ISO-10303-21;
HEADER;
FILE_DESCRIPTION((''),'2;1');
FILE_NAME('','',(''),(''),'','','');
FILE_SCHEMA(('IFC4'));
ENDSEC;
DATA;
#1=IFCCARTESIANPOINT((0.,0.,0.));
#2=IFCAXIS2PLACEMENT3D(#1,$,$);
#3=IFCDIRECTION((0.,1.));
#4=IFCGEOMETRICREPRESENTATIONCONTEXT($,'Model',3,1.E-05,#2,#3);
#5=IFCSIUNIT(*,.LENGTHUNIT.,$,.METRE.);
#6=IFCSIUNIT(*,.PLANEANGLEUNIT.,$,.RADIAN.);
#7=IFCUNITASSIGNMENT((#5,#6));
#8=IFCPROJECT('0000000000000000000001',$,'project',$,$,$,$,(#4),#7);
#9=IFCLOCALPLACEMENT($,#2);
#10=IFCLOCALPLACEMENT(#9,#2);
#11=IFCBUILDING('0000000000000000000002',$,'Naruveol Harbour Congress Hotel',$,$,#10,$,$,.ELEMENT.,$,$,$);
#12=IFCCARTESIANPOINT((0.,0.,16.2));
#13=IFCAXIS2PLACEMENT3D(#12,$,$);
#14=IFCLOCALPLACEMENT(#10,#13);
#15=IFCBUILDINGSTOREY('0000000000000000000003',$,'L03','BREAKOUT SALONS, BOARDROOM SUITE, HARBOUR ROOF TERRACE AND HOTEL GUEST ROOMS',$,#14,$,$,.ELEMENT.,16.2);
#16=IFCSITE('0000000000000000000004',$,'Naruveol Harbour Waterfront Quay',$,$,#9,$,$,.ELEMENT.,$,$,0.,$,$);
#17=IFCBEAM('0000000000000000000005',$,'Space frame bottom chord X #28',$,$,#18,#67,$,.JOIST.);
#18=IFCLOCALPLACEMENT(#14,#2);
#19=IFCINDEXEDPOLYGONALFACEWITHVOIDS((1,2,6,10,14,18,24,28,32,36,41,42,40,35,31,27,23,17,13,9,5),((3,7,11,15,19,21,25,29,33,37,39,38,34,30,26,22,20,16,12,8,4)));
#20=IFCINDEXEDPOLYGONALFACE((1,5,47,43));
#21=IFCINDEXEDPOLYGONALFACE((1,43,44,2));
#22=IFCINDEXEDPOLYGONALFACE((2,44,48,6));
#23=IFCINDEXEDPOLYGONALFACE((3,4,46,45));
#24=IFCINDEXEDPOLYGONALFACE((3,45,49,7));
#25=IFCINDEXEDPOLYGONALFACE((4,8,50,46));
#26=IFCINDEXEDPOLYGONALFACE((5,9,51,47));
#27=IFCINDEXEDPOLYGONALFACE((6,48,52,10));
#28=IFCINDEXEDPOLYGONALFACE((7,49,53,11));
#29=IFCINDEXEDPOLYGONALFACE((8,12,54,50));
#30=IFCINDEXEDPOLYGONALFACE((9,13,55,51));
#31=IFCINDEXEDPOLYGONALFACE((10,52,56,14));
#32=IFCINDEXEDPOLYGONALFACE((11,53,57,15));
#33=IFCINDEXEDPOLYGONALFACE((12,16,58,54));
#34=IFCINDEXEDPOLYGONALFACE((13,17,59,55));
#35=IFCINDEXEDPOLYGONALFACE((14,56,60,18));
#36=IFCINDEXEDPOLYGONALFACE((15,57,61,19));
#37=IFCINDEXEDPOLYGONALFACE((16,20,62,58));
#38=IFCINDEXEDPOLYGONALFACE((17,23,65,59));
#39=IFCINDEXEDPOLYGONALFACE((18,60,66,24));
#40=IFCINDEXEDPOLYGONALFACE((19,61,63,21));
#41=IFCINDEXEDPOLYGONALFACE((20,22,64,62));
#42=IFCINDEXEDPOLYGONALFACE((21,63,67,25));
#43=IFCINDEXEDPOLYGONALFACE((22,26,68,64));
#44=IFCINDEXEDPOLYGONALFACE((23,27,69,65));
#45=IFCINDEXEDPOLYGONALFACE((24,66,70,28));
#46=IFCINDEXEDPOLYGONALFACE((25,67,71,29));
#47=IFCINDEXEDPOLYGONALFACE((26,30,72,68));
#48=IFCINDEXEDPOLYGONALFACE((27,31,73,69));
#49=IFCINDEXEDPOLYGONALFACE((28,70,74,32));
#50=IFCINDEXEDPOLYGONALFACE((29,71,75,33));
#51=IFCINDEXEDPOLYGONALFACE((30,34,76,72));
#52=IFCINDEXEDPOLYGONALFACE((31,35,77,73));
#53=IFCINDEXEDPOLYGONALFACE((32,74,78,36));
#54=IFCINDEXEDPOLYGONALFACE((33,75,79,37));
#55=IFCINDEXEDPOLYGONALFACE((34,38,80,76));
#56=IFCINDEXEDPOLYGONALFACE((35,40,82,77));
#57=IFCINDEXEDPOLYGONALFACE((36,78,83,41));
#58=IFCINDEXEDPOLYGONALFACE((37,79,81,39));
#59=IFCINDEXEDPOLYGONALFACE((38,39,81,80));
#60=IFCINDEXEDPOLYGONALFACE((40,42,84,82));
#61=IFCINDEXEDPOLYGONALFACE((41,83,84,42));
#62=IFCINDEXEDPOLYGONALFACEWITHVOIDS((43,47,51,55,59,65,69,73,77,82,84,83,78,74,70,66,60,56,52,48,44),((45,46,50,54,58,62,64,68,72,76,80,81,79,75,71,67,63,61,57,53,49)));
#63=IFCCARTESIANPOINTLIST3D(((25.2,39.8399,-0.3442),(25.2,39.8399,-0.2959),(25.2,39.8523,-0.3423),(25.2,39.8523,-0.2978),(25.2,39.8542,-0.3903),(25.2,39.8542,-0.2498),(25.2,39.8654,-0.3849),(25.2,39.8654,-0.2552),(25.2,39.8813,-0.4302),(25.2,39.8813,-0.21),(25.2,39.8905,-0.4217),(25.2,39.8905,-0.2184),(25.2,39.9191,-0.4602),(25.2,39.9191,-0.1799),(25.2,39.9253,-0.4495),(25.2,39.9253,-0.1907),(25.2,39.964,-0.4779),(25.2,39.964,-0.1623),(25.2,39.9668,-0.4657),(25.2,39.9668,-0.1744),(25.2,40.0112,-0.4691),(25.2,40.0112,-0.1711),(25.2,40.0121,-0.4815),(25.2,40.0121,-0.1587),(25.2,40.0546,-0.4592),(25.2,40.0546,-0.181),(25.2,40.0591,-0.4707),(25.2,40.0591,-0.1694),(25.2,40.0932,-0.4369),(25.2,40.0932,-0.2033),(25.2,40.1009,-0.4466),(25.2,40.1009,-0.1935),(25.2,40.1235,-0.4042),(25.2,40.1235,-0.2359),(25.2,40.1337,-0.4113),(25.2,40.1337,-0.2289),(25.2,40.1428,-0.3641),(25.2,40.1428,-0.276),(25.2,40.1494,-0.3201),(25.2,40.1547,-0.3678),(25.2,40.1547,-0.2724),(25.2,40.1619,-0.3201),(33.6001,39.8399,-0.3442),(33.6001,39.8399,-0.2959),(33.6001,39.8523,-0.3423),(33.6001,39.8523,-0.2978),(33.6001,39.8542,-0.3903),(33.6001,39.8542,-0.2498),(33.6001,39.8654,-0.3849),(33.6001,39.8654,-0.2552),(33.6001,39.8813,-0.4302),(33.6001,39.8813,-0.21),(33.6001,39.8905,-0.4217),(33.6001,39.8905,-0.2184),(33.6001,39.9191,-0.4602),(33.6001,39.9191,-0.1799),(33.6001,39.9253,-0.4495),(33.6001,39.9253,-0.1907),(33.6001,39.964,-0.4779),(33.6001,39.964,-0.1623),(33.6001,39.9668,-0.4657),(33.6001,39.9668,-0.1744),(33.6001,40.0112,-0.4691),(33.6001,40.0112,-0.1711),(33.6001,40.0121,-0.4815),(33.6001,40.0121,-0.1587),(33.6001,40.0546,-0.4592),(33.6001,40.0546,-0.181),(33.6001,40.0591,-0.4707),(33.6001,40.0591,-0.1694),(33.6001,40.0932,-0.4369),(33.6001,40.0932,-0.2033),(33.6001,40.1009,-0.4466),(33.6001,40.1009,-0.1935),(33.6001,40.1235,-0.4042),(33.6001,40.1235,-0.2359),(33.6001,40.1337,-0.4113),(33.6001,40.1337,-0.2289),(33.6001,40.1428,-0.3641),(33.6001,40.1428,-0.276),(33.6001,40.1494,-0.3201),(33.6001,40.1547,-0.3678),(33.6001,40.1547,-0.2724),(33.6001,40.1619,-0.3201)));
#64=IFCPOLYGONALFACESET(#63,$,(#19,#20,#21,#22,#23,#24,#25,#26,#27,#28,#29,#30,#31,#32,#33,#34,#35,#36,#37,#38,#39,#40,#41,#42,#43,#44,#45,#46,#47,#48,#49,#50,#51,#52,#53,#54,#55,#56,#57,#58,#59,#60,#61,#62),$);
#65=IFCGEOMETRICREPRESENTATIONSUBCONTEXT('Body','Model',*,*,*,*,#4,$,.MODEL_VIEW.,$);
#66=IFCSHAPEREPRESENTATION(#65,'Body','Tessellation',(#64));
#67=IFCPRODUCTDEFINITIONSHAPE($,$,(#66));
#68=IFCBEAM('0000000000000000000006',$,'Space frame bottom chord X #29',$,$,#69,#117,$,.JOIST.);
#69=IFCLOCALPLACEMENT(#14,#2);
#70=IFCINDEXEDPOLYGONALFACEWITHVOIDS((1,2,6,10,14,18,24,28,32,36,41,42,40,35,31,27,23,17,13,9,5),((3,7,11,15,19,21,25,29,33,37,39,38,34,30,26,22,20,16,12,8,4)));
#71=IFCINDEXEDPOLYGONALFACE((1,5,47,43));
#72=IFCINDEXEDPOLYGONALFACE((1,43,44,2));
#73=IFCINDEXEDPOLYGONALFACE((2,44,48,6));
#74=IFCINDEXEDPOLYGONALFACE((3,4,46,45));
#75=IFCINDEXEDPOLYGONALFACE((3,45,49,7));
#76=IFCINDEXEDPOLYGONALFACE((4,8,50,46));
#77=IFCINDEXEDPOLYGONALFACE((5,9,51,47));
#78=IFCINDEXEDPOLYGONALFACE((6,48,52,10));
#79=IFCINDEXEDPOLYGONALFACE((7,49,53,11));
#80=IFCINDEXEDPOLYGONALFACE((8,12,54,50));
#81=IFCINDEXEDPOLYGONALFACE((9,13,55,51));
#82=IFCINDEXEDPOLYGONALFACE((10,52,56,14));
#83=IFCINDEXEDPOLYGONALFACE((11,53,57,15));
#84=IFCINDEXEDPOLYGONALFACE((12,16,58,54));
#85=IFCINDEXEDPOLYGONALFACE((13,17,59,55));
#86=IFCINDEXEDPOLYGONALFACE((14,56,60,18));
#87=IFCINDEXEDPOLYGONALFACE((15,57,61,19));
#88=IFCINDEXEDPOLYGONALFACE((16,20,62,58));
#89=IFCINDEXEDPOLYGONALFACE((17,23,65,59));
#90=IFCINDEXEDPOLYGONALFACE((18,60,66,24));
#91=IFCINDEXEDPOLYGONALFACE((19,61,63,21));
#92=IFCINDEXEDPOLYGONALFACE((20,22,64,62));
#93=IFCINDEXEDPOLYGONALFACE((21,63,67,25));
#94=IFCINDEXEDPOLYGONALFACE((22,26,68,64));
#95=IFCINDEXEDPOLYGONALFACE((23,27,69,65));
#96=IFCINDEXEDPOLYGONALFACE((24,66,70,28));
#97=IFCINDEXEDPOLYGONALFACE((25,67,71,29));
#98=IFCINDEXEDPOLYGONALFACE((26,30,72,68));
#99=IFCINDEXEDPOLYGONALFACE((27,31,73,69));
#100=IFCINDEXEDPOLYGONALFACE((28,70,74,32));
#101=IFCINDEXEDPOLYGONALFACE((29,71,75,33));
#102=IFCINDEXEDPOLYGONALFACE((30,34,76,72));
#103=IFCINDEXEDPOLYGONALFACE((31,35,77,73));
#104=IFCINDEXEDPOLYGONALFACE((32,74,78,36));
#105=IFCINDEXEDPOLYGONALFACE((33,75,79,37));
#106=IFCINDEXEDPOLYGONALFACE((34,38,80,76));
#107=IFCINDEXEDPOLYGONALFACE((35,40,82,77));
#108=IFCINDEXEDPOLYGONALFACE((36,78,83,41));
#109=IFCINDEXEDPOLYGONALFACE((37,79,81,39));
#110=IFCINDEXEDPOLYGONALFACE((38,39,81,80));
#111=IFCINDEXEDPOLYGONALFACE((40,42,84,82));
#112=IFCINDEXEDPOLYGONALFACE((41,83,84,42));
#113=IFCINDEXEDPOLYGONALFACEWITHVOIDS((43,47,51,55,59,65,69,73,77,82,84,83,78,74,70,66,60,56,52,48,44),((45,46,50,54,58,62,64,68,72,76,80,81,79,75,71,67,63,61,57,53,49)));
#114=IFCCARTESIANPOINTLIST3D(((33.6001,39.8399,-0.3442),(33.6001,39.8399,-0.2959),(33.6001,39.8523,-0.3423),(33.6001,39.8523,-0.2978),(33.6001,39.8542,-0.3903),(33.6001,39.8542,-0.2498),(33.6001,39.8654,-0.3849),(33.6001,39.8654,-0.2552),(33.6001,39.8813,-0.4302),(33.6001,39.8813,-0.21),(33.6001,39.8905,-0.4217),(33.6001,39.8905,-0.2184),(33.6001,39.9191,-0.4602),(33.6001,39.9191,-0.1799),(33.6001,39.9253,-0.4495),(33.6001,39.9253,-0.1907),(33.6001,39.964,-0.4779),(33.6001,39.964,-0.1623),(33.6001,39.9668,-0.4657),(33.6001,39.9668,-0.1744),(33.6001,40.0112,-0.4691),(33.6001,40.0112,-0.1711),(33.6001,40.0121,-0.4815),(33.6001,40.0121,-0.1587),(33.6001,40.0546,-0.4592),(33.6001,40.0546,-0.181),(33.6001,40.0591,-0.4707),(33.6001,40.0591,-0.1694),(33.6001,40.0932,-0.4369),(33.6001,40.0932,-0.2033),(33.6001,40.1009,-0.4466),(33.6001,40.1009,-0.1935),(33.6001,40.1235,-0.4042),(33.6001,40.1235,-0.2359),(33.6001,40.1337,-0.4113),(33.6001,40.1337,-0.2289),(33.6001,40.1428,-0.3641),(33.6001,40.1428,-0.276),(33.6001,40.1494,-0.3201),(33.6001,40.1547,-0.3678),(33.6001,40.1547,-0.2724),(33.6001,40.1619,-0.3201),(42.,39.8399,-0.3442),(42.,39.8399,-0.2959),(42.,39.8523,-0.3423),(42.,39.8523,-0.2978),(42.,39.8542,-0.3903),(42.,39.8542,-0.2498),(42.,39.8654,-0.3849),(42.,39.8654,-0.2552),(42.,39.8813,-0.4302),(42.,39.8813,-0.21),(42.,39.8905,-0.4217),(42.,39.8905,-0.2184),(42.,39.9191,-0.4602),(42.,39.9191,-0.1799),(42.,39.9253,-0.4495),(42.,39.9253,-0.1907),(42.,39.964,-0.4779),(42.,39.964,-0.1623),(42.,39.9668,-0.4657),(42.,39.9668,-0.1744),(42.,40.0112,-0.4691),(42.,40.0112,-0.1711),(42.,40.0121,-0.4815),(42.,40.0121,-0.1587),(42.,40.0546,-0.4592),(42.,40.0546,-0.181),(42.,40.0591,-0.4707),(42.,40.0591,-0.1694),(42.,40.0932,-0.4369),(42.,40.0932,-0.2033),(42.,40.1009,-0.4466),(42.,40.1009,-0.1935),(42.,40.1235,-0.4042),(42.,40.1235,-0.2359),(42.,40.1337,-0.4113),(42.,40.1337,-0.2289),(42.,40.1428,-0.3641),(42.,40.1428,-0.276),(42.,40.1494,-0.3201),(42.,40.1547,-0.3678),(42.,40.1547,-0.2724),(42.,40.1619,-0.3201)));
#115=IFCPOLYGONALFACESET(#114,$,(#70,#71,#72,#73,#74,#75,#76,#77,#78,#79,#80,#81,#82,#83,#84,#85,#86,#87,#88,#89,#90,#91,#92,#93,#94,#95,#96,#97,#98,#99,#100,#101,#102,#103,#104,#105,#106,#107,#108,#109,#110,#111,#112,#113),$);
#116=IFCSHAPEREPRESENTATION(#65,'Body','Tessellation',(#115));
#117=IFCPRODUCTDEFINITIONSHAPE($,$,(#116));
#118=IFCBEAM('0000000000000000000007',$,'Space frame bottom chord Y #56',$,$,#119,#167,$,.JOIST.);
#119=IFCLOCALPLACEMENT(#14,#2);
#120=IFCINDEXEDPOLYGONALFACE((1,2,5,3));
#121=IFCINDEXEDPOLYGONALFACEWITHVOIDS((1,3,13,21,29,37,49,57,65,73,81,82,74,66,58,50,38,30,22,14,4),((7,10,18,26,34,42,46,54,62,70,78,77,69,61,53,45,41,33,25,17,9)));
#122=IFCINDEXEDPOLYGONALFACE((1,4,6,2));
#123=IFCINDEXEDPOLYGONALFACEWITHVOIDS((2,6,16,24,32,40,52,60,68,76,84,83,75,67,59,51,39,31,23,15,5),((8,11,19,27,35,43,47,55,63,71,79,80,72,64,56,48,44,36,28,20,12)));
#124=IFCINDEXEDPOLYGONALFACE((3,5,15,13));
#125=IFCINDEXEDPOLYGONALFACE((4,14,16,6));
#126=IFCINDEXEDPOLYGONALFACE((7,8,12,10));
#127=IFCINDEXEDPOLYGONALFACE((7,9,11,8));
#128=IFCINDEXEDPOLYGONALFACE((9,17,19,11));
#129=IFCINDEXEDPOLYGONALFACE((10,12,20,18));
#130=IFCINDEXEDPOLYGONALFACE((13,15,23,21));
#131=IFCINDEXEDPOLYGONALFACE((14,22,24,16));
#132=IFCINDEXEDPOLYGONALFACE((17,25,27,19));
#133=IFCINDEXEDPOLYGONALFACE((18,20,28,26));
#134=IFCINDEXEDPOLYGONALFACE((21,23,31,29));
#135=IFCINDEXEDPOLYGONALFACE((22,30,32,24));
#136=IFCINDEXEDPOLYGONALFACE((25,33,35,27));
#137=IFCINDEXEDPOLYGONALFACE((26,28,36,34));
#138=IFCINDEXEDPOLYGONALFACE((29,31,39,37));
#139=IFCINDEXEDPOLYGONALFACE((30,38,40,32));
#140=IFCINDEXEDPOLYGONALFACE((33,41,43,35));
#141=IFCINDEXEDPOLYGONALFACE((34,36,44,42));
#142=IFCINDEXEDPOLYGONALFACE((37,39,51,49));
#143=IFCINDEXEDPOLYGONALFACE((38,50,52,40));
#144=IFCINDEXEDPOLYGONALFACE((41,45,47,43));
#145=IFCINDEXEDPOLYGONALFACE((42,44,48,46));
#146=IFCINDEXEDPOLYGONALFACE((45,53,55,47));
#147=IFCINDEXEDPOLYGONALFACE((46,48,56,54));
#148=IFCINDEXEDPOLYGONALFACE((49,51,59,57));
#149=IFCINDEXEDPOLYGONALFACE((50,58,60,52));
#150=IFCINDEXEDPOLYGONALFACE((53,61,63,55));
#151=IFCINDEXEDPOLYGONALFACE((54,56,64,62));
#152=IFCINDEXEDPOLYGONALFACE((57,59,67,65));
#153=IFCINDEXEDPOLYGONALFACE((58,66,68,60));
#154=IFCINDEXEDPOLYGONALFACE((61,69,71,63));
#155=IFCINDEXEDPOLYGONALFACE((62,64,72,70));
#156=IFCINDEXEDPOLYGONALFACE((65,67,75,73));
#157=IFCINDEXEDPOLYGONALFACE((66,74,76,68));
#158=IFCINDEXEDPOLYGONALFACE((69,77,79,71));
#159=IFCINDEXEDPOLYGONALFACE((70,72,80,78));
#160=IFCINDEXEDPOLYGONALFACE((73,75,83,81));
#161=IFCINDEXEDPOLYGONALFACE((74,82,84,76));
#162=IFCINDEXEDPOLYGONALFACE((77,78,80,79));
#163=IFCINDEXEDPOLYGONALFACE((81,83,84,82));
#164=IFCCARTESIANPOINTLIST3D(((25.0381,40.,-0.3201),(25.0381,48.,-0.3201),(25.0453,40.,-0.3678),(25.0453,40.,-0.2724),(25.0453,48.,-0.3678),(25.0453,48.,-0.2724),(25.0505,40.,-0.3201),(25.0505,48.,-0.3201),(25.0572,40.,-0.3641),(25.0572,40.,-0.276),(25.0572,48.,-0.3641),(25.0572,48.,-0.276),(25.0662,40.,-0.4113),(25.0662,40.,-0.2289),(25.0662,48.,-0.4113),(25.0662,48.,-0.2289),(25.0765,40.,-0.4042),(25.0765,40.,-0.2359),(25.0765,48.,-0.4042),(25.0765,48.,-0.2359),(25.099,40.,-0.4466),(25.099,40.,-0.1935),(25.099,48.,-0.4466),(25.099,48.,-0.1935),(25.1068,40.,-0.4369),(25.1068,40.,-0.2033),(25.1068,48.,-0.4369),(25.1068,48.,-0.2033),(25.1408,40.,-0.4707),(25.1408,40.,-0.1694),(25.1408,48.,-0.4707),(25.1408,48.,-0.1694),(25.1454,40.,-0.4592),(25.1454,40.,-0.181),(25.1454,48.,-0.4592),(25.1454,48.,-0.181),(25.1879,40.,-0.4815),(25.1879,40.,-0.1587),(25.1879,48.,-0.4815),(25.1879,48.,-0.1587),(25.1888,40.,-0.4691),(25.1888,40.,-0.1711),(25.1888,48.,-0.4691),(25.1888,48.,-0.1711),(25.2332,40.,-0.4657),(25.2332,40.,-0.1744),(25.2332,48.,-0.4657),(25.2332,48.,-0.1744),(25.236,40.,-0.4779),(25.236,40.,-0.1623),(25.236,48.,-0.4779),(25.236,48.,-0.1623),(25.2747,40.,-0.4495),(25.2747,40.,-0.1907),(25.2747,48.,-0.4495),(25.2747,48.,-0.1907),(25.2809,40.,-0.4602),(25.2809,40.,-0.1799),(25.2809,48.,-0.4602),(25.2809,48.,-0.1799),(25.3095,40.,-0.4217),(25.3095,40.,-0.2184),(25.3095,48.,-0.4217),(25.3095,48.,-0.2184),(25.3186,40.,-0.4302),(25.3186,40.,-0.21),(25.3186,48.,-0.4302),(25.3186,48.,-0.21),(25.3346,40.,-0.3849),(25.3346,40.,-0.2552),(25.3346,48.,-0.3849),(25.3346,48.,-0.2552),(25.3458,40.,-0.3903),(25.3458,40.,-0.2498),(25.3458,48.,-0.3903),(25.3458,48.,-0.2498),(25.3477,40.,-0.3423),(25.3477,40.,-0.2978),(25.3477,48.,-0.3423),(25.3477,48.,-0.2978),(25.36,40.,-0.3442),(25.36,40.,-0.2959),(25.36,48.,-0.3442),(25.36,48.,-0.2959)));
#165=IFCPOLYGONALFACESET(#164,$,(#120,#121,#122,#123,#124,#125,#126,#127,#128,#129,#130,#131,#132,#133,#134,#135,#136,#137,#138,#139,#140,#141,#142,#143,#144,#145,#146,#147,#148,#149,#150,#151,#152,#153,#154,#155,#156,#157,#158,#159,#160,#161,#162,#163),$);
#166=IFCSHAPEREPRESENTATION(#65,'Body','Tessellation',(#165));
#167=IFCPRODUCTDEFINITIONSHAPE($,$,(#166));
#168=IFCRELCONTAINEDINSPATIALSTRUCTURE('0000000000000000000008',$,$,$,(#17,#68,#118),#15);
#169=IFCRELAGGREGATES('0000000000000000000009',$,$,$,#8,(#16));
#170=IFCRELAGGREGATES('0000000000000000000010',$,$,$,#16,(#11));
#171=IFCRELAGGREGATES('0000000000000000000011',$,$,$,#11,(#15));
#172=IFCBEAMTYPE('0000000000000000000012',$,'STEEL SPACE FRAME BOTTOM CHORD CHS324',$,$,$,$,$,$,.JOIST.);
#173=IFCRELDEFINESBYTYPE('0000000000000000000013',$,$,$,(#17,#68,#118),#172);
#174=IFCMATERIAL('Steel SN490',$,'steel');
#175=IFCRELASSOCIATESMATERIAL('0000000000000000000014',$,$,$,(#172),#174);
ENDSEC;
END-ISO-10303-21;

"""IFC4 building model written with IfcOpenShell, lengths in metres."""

from ifc_helpers import new_model, si_unit, direction, frame, origin, origin_2d, place, context, subcontext, project, spatial, hollow_circle, extrude, material, material_profile, profile_set, type_object, element, save


model = new_model("IFC4")

# Units and contexts
model_context = context("Model", 3, precision=1e-05, world=origin(), true_north=direction((0.0, 1.0)))
body_context = subcontext(model_context, "Body", "Model", "MODEL_VIEW")
ifc_project = project(units=[si_unit("LENGTHUNIT", "METRE"), si_unit("PLANEANGLEUNIT", "RADIAN")], contexts=[model_context])

# Site, building, storey
site_placement = place(None, origin())
site = spatial("IfcSite", under=ifc_project, at=site_placement, Name="Naruveol Harbour Waterfront Quay", CompositionType="ELEMENT", RefElevation=0.0)
building_placement = place(site_placement, origin())
building = spatial("IfcBuilding", under=site, at=building_placement, Name="Naruveol Harbour Congress Hotel", CompositionType="ELEMENT")
storey_placement = place(building_placement, frame((0.0, 0.0, 16.2)))
storey = spatial("IfcBuildingStorey", under=building, at=storey_placement, Name="L03", Description="BREAKOUT SALONS, BOARDROOM SUITE, HARBOUR ROOF TERRACE AND HOTEL GUEST ROOMS", CompositionType="ELEMENT", Elevation=16.2)

# Beams
ifc_material_1 = material(Name="Steel SN490", Category="steel")
ifc_material_profile_1 = material_profile(ifc_material_1, hollow_circle(Radius=0.1619, WallThickness=0.0125, at=origin_2d()), Name="CHS-323.9x12.5")
ifc_profile_set_1 = profile_set([ifc_material_profile_1], Name="Steel SN490")
beam_type_1 = type_object("IfcBeamType", Name="STEEL SPACE FRAME BOTTOM CHORD CHS324", PredefinedType="JOIST", material=ifc_profile_set_1)
beam_1_placement = place(storey_placement, frame((25.2, 40.0, -0.3201), z_axis=(1.0, 0.0, 0.0), x_axis=(0.0, 1.0, 0.0)))
element("IfcBeam", 1, at=beam_1_placement, inside=storey, type_object=beam_type_1, Name="Space frame bottom chord X #28", PredefinedType="JOIST", context=body_context, shape_type="SweptSolid", body=[
    extrude(hollow_circle(Radius=0.1619, WallThickness=0.0125, at=origin_2d()), origin(), (0.0, 0.0, 1.0), 8.4001),
])
beam_2_placement = place(storey_placement, frame((33.6001, 40.0, -0.3201), z_axis=(1.0, 0.0, 0.0), x_axis=(0.0, 1.0, 0.0)))
element("IfcBeam", 2, at=beam_2_placement, inside=storey, type_object=beam_type_1, Name="Space frame bottom chord X #29", PredefinedType="JOIST", context=body_context, shape_type="SweptSolid", body=[
    extrude(hollow_circle(Radius=0.1619, WallThickness=0.0125, at=origin_2d()), origin(), (0.0, 0.0, 1.0), 8.3999),
])
for number, where, z_axis, x_axis, name in (
    (3, (25.2, 40.0, -0.3201), (0.0, 1.0, 0.0), (-1.0, 0.0, 0.0), "Space frame bottom chord Y #56"),
):
    element("IfcBeam", number, at=place(storey_placement, frame(where, z_axis=z_axis, x_axis=x_axis)), inside=storey, type_object=beam_type_1, Name=name, PredefinedType="JOIST", context=body_context, shape_type="SweptSolid", body=[
        extrude(hollow_circle(Radius=0.1619, WallThickness=0.0125, at=origin_2d()), origin(), (0.0, 0.0, 1.0), 8.0),
    ])

save(model, "model.ifc")
